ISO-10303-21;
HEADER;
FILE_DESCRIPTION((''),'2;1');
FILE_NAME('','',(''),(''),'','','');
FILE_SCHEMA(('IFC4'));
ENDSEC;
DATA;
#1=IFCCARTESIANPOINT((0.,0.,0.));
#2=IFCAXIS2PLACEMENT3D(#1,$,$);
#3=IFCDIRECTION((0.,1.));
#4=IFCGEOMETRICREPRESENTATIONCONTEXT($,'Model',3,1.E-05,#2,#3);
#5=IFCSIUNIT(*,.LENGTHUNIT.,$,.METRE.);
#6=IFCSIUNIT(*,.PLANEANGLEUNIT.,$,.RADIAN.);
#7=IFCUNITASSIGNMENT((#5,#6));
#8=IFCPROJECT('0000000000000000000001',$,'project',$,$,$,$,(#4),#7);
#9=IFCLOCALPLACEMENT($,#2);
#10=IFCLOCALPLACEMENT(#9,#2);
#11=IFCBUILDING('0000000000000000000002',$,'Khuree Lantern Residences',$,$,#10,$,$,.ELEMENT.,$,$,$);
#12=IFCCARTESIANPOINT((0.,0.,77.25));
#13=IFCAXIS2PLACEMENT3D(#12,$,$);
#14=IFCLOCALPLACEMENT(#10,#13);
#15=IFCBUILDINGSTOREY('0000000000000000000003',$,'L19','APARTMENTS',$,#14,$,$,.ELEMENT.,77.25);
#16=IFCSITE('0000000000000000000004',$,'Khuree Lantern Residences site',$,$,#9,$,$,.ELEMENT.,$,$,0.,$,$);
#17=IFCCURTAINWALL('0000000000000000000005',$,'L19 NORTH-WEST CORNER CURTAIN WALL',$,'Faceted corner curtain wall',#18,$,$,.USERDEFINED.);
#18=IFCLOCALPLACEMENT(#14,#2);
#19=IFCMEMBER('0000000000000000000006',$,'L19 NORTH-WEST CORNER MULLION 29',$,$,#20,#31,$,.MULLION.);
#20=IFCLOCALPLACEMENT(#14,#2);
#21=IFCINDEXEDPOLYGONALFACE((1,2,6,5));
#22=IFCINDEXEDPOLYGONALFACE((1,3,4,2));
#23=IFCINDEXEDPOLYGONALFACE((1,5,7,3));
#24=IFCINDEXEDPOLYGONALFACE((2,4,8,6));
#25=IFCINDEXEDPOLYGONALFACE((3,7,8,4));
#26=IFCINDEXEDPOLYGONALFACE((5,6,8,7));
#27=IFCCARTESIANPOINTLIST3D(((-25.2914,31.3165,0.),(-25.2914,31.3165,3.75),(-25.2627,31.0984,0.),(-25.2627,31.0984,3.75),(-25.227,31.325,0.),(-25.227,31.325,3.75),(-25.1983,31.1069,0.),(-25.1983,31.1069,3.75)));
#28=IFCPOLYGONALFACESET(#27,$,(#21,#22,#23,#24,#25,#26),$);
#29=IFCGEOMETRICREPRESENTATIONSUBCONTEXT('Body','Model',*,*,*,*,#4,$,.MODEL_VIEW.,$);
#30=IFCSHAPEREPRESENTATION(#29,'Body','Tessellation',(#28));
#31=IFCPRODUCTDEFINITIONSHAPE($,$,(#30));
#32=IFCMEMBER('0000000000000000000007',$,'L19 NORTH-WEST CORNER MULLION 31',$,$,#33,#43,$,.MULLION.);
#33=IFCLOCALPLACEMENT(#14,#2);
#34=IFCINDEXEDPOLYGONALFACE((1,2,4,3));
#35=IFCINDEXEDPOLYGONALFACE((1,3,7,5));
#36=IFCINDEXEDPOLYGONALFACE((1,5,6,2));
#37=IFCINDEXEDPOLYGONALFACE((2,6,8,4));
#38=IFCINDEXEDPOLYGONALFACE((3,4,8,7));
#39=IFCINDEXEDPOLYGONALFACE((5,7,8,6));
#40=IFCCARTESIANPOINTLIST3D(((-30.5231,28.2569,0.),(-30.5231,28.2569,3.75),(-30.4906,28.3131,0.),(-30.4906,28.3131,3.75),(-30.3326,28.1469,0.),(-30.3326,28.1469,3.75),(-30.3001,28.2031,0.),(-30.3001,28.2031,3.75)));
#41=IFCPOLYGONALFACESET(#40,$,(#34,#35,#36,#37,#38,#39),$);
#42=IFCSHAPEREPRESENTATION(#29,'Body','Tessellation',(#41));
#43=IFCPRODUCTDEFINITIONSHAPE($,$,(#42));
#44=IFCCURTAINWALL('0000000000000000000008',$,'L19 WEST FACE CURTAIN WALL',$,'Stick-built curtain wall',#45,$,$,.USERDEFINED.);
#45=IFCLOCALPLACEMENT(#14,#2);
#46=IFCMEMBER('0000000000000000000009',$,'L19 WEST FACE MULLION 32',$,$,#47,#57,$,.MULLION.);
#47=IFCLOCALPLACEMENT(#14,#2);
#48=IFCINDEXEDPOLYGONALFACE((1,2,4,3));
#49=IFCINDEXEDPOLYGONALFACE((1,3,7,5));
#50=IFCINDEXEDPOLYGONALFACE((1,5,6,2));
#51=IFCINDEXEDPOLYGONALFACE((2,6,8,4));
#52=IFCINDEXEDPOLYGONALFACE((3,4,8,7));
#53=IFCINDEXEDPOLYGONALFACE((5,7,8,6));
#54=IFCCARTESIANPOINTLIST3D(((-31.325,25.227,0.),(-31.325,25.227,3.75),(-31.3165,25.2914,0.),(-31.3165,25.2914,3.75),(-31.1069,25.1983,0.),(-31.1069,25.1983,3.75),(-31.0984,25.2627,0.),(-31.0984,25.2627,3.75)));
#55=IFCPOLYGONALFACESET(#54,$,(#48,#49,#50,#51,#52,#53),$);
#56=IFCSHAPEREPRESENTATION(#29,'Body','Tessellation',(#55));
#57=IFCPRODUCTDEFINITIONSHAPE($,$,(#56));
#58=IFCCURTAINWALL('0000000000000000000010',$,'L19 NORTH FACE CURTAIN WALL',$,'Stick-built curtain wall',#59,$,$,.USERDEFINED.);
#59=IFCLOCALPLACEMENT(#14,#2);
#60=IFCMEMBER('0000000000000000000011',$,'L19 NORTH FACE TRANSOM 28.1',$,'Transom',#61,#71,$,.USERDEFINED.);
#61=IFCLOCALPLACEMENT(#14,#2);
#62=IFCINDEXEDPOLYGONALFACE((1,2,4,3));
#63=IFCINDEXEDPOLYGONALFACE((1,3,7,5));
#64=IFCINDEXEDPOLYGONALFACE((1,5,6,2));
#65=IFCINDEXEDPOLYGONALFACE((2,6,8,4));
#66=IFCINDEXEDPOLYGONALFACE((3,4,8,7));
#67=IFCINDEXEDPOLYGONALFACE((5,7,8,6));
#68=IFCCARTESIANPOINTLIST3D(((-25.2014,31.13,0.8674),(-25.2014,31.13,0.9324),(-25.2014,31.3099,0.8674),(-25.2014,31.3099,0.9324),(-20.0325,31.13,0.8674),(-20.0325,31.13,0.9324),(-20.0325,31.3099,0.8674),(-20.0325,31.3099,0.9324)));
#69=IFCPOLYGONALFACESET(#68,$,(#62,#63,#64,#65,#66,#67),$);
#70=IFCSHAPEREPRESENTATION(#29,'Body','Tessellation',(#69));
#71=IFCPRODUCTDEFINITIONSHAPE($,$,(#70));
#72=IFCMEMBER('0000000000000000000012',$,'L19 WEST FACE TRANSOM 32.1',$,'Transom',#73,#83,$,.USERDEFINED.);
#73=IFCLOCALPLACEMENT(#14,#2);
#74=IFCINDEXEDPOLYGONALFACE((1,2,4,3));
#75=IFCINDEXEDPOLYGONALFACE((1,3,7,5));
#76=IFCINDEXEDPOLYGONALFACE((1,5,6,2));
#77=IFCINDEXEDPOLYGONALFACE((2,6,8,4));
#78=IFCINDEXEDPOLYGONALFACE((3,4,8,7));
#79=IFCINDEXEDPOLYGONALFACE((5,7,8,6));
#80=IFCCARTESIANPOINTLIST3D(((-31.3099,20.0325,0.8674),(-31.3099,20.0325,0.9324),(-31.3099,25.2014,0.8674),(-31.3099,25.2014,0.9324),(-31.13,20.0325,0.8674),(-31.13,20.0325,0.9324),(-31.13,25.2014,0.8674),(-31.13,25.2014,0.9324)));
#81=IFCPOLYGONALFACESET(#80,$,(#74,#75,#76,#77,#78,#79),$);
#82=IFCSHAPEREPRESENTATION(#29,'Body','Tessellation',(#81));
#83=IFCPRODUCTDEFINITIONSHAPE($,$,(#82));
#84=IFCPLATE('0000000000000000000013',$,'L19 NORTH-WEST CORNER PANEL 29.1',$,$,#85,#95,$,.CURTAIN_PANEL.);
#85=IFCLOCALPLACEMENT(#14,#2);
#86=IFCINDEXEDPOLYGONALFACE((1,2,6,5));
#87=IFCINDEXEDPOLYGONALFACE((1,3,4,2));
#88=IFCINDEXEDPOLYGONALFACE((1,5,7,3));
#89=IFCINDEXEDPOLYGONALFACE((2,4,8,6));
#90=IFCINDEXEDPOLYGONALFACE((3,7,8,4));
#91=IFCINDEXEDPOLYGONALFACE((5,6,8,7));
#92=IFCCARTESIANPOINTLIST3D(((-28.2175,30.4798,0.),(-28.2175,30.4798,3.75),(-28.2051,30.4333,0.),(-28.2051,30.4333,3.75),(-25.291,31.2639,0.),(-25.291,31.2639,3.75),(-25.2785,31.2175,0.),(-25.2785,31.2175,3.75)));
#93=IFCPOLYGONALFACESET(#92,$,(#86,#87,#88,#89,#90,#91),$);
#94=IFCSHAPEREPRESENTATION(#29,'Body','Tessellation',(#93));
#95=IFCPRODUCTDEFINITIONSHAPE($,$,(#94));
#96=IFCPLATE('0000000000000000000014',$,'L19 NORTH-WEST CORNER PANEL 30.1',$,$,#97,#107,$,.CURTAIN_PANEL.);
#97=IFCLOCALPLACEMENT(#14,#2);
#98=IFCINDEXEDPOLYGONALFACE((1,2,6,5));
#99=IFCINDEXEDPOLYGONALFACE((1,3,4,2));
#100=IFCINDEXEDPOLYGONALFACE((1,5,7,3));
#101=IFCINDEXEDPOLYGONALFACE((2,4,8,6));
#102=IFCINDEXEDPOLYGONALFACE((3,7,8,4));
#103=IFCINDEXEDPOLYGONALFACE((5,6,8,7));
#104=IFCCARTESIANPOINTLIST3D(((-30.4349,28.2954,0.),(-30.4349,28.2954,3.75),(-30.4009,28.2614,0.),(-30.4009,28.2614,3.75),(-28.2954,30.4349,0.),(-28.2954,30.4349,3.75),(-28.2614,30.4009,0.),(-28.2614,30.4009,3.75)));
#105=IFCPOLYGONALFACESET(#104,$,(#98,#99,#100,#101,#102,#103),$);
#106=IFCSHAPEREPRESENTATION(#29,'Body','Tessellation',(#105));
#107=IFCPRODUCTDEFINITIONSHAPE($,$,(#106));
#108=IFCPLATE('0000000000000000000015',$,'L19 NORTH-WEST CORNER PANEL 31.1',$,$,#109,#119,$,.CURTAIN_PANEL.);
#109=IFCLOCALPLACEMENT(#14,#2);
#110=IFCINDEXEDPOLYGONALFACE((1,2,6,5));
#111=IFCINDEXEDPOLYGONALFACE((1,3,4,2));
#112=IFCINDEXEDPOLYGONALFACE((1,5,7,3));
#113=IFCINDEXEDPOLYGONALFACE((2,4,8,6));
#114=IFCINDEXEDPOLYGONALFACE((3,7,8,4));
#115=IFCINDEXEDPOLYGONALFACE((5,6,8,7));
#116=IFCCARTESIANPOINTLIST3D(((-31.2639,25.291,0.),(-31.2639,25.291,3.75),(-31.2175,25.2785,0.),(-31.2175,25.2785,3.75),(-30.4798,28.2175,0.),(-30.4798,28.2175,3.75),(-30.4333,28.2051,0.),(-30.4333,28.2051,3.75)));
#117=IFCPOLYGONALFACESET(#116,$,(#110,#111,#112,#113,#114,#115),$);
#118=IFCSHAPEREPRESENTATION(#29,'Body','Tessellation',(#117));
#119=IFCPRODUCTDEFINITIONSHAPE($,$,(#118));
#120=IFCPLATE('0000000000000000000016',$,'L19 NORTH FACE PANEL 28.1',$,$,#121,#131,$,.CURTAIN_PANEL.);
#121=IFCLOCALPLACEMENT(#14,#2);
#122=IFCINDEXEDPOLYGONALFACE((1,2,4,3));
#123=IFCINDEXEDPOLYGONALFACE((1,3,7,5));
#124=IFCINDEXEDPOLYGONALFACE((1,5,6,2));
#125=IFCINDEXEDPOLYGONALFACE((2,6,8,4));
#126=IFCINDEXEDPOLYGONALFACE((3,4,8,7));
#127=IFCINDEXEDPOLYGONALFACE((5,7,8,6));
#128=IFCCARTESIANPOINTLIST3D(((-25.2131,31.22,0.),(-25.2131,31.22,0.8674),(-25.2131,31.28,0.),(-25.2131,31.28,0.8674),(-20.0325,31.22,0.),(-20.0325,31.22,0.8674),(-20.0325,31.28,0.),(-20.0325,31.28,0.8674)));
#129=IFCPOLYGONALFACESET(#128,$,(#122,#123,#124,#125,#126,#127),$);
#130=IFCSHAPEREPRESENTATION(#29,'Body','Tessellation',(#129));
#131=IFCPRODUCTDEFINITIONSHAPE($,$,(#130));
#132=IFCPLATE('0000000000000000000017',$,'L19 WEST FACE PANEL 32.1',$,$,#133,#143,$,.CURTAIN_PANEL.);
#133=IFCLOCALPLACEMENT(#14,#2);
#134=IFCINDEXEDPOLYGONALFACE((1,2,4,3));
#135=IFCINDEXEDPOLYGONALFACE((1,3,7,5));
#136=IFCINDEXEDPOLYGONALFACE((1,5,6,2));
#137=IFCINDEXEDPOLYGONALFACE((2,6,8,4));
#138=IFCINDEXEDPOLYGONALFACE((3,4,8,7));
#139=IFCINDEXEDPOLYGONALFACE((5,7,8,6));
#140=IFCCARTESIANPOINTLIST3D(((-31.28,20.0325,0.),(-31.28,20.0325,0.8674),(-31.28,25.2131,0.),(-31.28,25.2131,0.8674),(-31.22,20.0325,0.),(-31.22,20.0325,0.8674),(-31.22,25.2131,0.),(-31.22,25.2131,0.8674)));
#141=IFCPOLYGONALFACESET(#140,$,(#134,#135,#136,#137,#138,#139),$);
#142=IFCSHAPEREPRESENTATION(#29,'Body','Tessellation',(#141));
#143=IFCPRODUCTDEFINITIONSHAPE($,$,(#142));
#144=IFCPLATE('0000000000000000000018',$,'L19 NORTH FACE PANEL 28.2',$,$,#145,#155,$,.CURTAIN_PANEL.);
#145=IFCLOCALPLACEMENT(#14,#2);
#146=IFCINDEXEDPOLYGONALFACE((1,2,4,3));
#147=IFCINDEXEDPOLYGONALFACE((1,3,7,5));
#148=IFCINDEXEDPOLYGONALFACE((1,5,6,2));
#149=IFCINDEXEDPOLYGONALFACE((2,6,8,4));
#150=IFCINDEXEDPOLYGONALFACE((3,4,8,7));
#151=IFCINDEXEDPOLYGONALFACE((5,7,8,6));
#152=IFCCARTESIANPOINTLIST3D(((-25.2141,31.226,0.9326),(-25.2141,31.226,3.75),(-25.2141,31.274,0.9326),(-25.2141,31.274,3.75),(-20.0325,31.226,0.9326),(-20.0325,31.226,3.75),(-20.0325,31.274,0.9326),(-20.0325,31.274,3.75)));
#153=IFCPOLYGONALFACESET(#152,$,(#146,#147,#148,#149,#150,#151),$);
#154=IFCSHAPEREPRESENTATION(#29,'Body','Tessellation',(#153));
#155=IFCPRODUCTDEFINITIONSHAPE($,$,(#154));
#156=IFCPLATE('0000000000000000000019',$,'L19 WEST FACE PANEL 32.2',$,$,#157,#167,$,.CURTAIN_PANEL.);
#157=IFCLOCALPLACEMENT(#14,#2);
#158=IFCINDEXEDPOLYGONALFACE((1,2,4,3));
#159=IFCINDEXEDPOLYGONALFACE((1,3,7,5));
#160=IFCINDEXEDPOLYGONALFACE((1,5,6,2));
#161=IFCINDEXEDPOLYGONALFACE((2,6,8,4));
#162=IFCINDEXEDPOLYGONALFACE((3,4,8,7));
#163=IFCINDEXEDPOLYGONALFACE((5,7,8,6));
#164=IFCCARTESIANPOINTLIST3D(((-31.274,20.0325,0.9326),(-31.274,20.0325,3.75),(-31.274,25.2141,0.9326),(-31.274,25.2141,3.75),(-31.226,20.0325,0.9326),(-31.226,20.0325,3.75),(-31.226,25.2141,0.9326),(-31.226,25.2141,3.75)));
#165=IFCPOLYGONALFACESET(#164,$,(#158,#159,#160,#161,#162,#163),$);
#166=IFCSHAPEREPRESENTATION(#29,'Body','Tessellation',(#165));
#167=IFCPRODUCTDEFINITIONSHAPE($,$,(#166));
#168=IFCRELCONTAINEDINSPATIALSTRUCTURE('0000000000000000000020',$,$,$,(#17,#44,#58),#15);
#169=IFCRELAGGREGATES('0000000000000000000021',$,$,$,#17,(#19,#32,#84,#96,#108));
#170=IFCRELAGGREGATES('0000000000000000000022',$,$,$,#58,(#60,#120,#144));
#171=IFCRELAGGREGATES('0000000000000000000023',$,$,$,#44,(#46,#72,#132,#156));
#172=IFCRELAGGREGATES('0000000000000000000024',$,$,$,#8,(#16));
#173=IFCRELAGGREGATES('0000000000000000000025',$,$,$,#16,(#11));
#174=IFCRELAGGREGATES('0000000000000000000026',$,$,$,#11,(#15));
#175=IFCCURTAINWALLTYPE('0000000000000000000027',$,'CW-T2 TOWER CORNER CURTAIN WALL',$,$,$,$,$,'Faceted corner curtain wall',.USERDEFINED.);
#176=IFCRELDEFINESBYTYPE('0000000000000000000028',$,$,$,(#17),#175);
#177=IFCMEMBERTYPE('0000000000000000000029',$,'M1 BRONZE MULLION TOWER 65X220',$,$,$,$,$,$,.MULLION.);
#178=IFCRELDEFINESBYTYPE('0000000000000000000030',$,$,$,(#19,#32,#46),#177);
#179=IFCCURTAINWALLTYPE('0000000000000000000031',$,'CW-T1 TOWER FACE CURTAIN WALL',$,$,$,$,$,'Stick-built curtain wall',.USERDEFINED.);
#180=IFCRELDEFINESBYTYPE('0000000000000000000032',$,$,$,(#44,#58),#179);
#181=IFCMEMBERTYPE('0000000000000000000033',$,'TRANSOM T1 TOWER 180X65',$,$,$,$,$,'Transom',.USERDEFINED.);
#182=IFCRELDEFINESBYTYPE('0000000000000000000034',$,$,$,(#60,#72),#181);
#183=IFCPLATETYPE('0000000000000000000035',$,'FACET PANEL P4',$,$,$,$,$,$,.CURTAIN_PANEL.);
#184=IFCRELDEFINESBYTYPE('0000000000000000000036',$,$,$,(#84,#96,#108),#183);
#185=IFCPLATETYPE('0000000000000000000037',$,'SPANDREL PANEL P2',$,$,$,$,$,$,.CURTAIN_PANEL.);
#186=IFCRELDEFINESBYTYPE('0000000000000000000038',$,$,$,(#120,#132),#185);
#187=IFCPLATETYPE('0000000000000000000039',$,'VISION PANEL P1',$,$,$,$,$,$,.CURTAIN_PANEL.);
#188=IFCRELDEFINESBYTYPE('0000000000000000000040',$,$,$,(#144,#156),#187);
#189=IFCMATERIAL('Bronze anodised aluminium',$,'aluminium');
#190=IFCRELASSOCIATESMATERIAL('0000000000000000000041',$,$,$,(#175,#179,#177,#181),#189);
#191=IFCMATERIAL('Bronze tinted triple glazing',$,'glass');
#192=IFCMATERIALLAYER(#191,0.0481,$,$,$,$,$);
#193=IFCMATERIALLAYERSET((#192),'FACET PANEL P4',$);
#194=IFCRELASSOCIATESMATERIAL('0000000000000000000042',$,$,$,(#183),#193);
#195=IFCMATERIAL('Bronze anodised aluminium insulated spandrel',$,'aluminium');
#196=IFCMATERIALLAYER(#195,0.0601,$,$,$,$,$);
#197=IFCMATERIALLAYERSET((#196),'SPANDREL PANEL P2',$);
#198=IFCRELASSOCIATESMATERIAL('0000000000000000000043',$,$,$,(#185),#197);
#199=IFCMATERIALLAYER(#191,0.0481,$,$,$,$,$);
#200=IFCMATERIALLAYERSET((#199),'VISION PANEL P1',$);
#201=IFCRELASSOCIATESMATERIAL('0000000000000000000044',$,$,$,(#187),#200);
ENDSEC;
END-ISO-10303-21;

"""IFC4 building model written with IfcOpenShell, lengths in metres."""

from ifc_helpers import new_model, si_unit, direction, frame, origin, origin_2d, place, context, subcontext, project, spatial, rectangle, extrude, material, layer, layer_set, material_profile, profile_set, type_object, element, aggregate, save


model = new_model("IFC4")

# Units and contexts
model_context = context("Model", 3, precision=1e-05, world=origin(), true_north=direction((0.0, 1.0)))
body_context = subcontext(model_context, "Body", "Model", "MODEL_VIEW")
ifc_project = project(units=[si_unit("LENGTHUNIT", "METRE"), si_unit("PLANEANGLEUNIT", "RADIAN")], contexts=[model_context])

# Site, building, storey
site_placement = place(None, origin())
site = spatial("IfcSite", under=ifc_project, at=site_placement, Name="Khuree Lantern Residences site", CompositionType="ELEMENT", RefElevation=0.0)
building_placement = place(site_placement, origin())
building = spatial("IfcBuilding", under=site, at=building_placement, Name="Khuree Lantern Residences", CompositionType="ELEMENT")
storey_placement = place(building_placement, frame((0.0, 0.0, 77.25)))
storey = spatial("IfcBuildingStorey", under=building, at=storey_placement, Name="L19", Description="APARTMENTS", CompositionType="ELEMENT", Elevation=77.25)

# Curtain wall
ifc_material_1 = material(Name="Bronze anodised aluminium", Category="aluminium")
curtain_wall_type_1 = type_object("IfcCurtainWallType", Name="CW-T2 TOWER CORNER CURTAIN WALL", ElementType="Faceted corner curtain wall", PredefinedType="USERDEFINED", material=ifc_material_1)
curtain_wall_1_placement = place(storey_placement, origin())
curtain_wall_1 = element("IfcCurtainWall", 1, at=curtain_wall_1_placement, inside=storey, type_object=curtain_wall_type_1, Name="L19 NORTH-WEST CORNER CURTAIN WALL", ObjectType="Faceted corner curtain wall", PredefinedType="USERDEFINED")

# Members
ifc_material_profile_1 = material_profile(ifc_material_1, rectangle(XDim=0.0649, YDim=0.22, at=origin_2d()), Name="M1 65X220")
ifc_profile_set_1 = profile_set([ifc_material_profile_1], Name="Bronze anodised aluminium")
member_type_1 = type_object("IfcMemberType", Name="M1 BRONZE MULLION TOWER 65X220", PredefinedType="MULLION", material=ifc_profile_set_1)
member_1_placement = place(storey_placement, frame((-25.2449, 31.2117, 0.0), z_axis=(0.0, 0.0, 1.0), x_axis=(-0.991445, -0.130526, 0.0)))
member_1 = element("IfcMember", 2, at=member_1_placement, type_object=member_type_1, Name="L19 NORTH-WEST CORNER MULLION 29", PredefinedType="MULLION", context=body_context, shape_type="SweptSolid", body=[
    extrude(rectangle(XDim=0.0649, YDim=0.22, at=origin_2d()), origin(), (0.0, 0.0, 1.0), 3.75),
])
member_2_placement = place(storey_placement, frame((-30.4116, 28.23, 0.0), z_axis=(0.0, 0.0, 1.0), x_axis=(-0.5, -0.866025, 0.0)))
member_2 = element("IfcMember", 3, at=member_2_placement, type_object=member_type_1, Name="L19 NORTH-WEST CORNER MULLION 31", PredefinedType="MULLION", context=body_context, shape_type="SweptSolid", body=[
    extrude(rectangle(XDim=0.0649, YDim=0.22, at=origin_2d()), origin(), (0.0, 0.0, 1.0), 3.75),
])

# Curtain walls, members
curtain_wall_type_2 = type_object("IfcCurtainWallType", Name="CW-T1 TOWER FACE CURTAIN WALL", ElementType="Stick-built curtain wall", PredefinedType="USERDEFINED", material=ifc_material_1)
curtain_wall_2_placement = place(storey_placement, origin())
curtain_wall_2 = element("IfcCurtainWall", 4, at=curtain_wall_2_placement, inside=storey, type_object=curtain_wall_type_2, Name="L19 WEST FACE CURTAIN WALL", ObjectType="Stick-built curtain wall", PredefinedType="USERDEFINED")
member_3_placement = place(storey_placement, frame((-31.2117, 25.2449, 0.0), z_axis=(0.0, 0.0, 1.0), x_axis=(-0.130526, -0.991445, 0.0)))
member_3 = element("IfcMember", 5, at=member_3_placement, type_object=member_type_1, Name="L19 WEST FACE MULLION 32", PredefinedType="MULLION", context=body_context, shape_type="SweptSolid", body=[
    extrude(rectangle(XDim=0.0649, YDim=0.22, at=origin_2d()), origin(), (0.0, 0.0, 1.0), 3.75),
])
curtain_wall_3_placement = place(storey_placement, origin())
curtain_wall_3 = element("IfcCurtainWall", 6, at=curtain_wall_3_placement, inside=storey, type_object=curtain_wall_type_2, Name="L19 NORTH FACE CURTAIN WALL", ObjectType="Stick-built curtain wall", PredefinedType="USERDEFINED")
ifc_material_profile_2 = material_profile(ifc_material_1, rectangle(XDim=0.1799, YDim=0.0649, at=origin_2d()), Name="T1 180X65")
ifc_profile_set_2 = profile_set([ifc_material_profile_2], Name="Bronze anodised aluminium")
member_type_2 = type_object("IfcMemberType", Name="TRANSOM T1 TOWER 180X65", ElementType="Transom", PredefinedType="USERDEFINED", material=ifc_profile_set_2)
member_4_placement = place(storey_placement, frame((-20.0325, 31.22, 0.8999), z_axis=(-1.0, 0.0, 0.0), x_axis=(0.0, -1.0, 0.0)))
member_4 = element("IfcMember", 7, at=member_4_placement, type_object=member_type_2, Name="L19 NORTH FACE TRANSOM 28.1", ObjectType="Transom", PredefinedType="USERDEFINED", context=body_context, shape_type="SweptSolid", body=[
    extrude(rectangle(XDim=0.1799, YDim=0.0649, at=origin_2d()), origin(), (0.0, 0.0, 1.0), 5.1689),
])

# Member
member_5_placement = place(storey_placement, frame((-31.22, 25.2014, 0.8999), z_axis=(0.0, -1.0, 0.0), x_axis=(1.0, 0.0, 0.0)))
member_5 = element("IfcMember", 8, at=member_5_placement, type_object=member_type_2, Name="L19 WEST FACE TRANSOM 32.1", ObjectType="Transom", PredefinedType="USERDEFINED", context=body_context, shape_type="SweptSolid", body=[
    extrude(rectangle(XDim=0.1799, YDim=0.0649, at=origin_2d()), origin(), (0.0, 0.0, 1.0), 5.1689),
])

# Plates
ifc_material_2 = material(Name="Bronze tinted triple glazing", Category="glass")
ifc_layer_1 = layer(ifc_material_2, 0.0481)
ifc_layer_set_1 = layer_set([ifc_layer_1], Name="FACET PANEL P4")
plate_type_1 = type_object("IfcPlateType", Name="FACET PANEL P4", PredefinedType="CURTAIN_PANEL", material=ifc_layer_set_1)
plate_1_placement = place(storey_placement, frame((-26.748, 30.8486, 0.0), z_axis=(0.0, 0.0, 1.0), x_axis=(-0.965926, -0.258819, 0.0)))
plate_1 = element("IfcPlate", 9, at=plate_1_placement, type_object=plate_type_1, Name="L19 NORTH-WEST CORNER PANEL 29.1", PredefinedType="CURTAIN_PANEL", context=body_context, shape_type="SweptSolid", body=[
    extrude(rectangle(XDim=3.0298, YDim=0.0481, at=origin_2d()), origin(), (0.0, 0.0, 1.0), 3.75),
])
plate_2_placement = place(storey_placement, frame((-29.3481, 29.3481, 0.0), z_axis=(0.0, 0.0, 1.0), x_axis=(-0.707107, -0.707107, 0.0)))
plate_2 = element("IfcPlate", 10, at=plate_2_placement, type_object=plate_type_1, Name="L19 NORTH-WEST CORNER PANEL 30.1", PredefinedType="CURTAIN_PANEL", context=body_context, shape_type="SweptSolid", body=[
    extrude(rectangle(XDim=3.0256, YDim=0.0481, at=origin_2d()), origin(), (0.0, 0.0, 1.0), 3.75),
])
plate_3_placement = place(storey_placement, frame((-30.8486, 26.748, 0.0), z_axis=(0.0, 0.0, 1.0), x_axis=(-0.258819, -0.965926, 0.0)))
plate_3 = element("IfcPlate", 11, at=plate_3_placement, type_object=plate_type_1, Name="L19 NORTH-WEST CORNER PANEL 31.1", PredefinedType="CURTAIN_PANEL", context=body_context, shape_type="SweptSolid", body=[
    extrude(rectangle(XDim=3.0298, YDim=0.0481, at=origin_2d()), origin(), (0.0, 0.0, 1.0), 3.75),
])
aggregate(curtain_wall_1, [member_1, member_2, plate_1, plate_2, plate_3])
ifc_material_3 = material(Name="Bronze anodised aluminium insulated spandrel", Category="aluminium")
ifc_layer_2 = layer(ifc_material_3, 0.0601)
ifc_layer_set_2 = layer_set([ifc_layer_2], Name="SPANDREL PANEL P2")
plate_type_2 = type_object("IfcPlateType", Name="SPANDREL PANEL P2", PredefinedType="CURTAIN_PANEL", material=ifc_layer_set_2)
plate_4_placement = place(storey_placement, frame((-22.6228, 31.25, 0.0), z_axis=(0.0, 0.0, 1.0), x_axis=(-1.0, 0.0, 0.0)))
plate_4 = element("IfcPlate", 12, at=plate_4_placement, type_object=plate_type_2, Name="L19 NORTH FACE PANEL 28.1", PredefinedType="CURTAIN_PANEL", context=body_context, shape_type="SweptSolid", body=[
    extrude(rectangle(XDim=5.1807, YDim=0.0601, at=origin_2d()), origin(), (0.0, 0.0, 1.0), 0.8674),
])
plate_5_placement = place(storey_placement, frame((-31.25, 22.6228, 0.0), z_axis=(0.0, 0.0, 1.0), x_axis=(0.0, -1.0, 0.0)))
plate_5 = element("IfcPlate", 13, at=plate_5_placement, type_object=plate_type_2, Name="L19 WEST FACE PANEL 32.1", PredefinedType="CURTAIN_PANEL", context=body_context, shape_type="SweptSolid", body=[
    extrude(rectangle(XDim=5.1807, YDim=0.0601, at=origin_2d()), origin(), (0.0, 0.0, 1.0), 0.8674),
])
ifc_layer_3 = layer(ifc_material_2, 0.0481)
ifc_layer_set_3 = layer_set([ifc_layer_3], Name="VISION PANEL P1")
plate_type_3 = type_object("IfcPlateType", Name="VISION PANEL P1", PredefinedType="CURTAIN_PANEL", material=ifc_layer_set_3)
plate_6_placement = place(storey_placement, frame((-22.6233, 31.25, 0.9326), z_axis=(0.0, 0.0, 1.0), x_axis=(-1.0, 0.0, 0.0)))
plate_6 = element("IfcPlate", 14, at=plate_6_placement, type_object=plate_type_3, Name="L19 NORTH FACE PANEL 28.2", PredefinedType="CURTAIN_PANEL", context=body_context, shape_type="SweptSolid", body=[
    extrude(rectangle(XDim=5.1816, YDim=0.0481, at=origin_2d()), origin(), (0.0, 0.0, 1.0), 2.8174),
])
aggregate(curtain_wall_3, [member_4, plate_4, plate_6])
plate_7_placement = place(storey_placement, frame((-31.25, 22.6233, 0.9326), z_axis=(0.0, 0.0, 1.0), x_axis=(0.0, -1.0, 0.0)))
plate_7 = element("IfcPlate", 15, at=plate_7_placement, type_object=plate_type_3, Name="L19 WEST FACE PANEL 32.2", PredefinedType="CURTAIN_PANEL", context=body_context, shape_type="SweptSolid", body=[
    extrude(rectangle(XDim=5.1816, YDim=0.0481, at=origin_2d()), origin(), (0.0, 0.0, 1.0), 2.8174),
])
aggregate(curtain_wall_2, [member_3, member_5, plate_5, plate_7])

save(model, "model.ifc")
